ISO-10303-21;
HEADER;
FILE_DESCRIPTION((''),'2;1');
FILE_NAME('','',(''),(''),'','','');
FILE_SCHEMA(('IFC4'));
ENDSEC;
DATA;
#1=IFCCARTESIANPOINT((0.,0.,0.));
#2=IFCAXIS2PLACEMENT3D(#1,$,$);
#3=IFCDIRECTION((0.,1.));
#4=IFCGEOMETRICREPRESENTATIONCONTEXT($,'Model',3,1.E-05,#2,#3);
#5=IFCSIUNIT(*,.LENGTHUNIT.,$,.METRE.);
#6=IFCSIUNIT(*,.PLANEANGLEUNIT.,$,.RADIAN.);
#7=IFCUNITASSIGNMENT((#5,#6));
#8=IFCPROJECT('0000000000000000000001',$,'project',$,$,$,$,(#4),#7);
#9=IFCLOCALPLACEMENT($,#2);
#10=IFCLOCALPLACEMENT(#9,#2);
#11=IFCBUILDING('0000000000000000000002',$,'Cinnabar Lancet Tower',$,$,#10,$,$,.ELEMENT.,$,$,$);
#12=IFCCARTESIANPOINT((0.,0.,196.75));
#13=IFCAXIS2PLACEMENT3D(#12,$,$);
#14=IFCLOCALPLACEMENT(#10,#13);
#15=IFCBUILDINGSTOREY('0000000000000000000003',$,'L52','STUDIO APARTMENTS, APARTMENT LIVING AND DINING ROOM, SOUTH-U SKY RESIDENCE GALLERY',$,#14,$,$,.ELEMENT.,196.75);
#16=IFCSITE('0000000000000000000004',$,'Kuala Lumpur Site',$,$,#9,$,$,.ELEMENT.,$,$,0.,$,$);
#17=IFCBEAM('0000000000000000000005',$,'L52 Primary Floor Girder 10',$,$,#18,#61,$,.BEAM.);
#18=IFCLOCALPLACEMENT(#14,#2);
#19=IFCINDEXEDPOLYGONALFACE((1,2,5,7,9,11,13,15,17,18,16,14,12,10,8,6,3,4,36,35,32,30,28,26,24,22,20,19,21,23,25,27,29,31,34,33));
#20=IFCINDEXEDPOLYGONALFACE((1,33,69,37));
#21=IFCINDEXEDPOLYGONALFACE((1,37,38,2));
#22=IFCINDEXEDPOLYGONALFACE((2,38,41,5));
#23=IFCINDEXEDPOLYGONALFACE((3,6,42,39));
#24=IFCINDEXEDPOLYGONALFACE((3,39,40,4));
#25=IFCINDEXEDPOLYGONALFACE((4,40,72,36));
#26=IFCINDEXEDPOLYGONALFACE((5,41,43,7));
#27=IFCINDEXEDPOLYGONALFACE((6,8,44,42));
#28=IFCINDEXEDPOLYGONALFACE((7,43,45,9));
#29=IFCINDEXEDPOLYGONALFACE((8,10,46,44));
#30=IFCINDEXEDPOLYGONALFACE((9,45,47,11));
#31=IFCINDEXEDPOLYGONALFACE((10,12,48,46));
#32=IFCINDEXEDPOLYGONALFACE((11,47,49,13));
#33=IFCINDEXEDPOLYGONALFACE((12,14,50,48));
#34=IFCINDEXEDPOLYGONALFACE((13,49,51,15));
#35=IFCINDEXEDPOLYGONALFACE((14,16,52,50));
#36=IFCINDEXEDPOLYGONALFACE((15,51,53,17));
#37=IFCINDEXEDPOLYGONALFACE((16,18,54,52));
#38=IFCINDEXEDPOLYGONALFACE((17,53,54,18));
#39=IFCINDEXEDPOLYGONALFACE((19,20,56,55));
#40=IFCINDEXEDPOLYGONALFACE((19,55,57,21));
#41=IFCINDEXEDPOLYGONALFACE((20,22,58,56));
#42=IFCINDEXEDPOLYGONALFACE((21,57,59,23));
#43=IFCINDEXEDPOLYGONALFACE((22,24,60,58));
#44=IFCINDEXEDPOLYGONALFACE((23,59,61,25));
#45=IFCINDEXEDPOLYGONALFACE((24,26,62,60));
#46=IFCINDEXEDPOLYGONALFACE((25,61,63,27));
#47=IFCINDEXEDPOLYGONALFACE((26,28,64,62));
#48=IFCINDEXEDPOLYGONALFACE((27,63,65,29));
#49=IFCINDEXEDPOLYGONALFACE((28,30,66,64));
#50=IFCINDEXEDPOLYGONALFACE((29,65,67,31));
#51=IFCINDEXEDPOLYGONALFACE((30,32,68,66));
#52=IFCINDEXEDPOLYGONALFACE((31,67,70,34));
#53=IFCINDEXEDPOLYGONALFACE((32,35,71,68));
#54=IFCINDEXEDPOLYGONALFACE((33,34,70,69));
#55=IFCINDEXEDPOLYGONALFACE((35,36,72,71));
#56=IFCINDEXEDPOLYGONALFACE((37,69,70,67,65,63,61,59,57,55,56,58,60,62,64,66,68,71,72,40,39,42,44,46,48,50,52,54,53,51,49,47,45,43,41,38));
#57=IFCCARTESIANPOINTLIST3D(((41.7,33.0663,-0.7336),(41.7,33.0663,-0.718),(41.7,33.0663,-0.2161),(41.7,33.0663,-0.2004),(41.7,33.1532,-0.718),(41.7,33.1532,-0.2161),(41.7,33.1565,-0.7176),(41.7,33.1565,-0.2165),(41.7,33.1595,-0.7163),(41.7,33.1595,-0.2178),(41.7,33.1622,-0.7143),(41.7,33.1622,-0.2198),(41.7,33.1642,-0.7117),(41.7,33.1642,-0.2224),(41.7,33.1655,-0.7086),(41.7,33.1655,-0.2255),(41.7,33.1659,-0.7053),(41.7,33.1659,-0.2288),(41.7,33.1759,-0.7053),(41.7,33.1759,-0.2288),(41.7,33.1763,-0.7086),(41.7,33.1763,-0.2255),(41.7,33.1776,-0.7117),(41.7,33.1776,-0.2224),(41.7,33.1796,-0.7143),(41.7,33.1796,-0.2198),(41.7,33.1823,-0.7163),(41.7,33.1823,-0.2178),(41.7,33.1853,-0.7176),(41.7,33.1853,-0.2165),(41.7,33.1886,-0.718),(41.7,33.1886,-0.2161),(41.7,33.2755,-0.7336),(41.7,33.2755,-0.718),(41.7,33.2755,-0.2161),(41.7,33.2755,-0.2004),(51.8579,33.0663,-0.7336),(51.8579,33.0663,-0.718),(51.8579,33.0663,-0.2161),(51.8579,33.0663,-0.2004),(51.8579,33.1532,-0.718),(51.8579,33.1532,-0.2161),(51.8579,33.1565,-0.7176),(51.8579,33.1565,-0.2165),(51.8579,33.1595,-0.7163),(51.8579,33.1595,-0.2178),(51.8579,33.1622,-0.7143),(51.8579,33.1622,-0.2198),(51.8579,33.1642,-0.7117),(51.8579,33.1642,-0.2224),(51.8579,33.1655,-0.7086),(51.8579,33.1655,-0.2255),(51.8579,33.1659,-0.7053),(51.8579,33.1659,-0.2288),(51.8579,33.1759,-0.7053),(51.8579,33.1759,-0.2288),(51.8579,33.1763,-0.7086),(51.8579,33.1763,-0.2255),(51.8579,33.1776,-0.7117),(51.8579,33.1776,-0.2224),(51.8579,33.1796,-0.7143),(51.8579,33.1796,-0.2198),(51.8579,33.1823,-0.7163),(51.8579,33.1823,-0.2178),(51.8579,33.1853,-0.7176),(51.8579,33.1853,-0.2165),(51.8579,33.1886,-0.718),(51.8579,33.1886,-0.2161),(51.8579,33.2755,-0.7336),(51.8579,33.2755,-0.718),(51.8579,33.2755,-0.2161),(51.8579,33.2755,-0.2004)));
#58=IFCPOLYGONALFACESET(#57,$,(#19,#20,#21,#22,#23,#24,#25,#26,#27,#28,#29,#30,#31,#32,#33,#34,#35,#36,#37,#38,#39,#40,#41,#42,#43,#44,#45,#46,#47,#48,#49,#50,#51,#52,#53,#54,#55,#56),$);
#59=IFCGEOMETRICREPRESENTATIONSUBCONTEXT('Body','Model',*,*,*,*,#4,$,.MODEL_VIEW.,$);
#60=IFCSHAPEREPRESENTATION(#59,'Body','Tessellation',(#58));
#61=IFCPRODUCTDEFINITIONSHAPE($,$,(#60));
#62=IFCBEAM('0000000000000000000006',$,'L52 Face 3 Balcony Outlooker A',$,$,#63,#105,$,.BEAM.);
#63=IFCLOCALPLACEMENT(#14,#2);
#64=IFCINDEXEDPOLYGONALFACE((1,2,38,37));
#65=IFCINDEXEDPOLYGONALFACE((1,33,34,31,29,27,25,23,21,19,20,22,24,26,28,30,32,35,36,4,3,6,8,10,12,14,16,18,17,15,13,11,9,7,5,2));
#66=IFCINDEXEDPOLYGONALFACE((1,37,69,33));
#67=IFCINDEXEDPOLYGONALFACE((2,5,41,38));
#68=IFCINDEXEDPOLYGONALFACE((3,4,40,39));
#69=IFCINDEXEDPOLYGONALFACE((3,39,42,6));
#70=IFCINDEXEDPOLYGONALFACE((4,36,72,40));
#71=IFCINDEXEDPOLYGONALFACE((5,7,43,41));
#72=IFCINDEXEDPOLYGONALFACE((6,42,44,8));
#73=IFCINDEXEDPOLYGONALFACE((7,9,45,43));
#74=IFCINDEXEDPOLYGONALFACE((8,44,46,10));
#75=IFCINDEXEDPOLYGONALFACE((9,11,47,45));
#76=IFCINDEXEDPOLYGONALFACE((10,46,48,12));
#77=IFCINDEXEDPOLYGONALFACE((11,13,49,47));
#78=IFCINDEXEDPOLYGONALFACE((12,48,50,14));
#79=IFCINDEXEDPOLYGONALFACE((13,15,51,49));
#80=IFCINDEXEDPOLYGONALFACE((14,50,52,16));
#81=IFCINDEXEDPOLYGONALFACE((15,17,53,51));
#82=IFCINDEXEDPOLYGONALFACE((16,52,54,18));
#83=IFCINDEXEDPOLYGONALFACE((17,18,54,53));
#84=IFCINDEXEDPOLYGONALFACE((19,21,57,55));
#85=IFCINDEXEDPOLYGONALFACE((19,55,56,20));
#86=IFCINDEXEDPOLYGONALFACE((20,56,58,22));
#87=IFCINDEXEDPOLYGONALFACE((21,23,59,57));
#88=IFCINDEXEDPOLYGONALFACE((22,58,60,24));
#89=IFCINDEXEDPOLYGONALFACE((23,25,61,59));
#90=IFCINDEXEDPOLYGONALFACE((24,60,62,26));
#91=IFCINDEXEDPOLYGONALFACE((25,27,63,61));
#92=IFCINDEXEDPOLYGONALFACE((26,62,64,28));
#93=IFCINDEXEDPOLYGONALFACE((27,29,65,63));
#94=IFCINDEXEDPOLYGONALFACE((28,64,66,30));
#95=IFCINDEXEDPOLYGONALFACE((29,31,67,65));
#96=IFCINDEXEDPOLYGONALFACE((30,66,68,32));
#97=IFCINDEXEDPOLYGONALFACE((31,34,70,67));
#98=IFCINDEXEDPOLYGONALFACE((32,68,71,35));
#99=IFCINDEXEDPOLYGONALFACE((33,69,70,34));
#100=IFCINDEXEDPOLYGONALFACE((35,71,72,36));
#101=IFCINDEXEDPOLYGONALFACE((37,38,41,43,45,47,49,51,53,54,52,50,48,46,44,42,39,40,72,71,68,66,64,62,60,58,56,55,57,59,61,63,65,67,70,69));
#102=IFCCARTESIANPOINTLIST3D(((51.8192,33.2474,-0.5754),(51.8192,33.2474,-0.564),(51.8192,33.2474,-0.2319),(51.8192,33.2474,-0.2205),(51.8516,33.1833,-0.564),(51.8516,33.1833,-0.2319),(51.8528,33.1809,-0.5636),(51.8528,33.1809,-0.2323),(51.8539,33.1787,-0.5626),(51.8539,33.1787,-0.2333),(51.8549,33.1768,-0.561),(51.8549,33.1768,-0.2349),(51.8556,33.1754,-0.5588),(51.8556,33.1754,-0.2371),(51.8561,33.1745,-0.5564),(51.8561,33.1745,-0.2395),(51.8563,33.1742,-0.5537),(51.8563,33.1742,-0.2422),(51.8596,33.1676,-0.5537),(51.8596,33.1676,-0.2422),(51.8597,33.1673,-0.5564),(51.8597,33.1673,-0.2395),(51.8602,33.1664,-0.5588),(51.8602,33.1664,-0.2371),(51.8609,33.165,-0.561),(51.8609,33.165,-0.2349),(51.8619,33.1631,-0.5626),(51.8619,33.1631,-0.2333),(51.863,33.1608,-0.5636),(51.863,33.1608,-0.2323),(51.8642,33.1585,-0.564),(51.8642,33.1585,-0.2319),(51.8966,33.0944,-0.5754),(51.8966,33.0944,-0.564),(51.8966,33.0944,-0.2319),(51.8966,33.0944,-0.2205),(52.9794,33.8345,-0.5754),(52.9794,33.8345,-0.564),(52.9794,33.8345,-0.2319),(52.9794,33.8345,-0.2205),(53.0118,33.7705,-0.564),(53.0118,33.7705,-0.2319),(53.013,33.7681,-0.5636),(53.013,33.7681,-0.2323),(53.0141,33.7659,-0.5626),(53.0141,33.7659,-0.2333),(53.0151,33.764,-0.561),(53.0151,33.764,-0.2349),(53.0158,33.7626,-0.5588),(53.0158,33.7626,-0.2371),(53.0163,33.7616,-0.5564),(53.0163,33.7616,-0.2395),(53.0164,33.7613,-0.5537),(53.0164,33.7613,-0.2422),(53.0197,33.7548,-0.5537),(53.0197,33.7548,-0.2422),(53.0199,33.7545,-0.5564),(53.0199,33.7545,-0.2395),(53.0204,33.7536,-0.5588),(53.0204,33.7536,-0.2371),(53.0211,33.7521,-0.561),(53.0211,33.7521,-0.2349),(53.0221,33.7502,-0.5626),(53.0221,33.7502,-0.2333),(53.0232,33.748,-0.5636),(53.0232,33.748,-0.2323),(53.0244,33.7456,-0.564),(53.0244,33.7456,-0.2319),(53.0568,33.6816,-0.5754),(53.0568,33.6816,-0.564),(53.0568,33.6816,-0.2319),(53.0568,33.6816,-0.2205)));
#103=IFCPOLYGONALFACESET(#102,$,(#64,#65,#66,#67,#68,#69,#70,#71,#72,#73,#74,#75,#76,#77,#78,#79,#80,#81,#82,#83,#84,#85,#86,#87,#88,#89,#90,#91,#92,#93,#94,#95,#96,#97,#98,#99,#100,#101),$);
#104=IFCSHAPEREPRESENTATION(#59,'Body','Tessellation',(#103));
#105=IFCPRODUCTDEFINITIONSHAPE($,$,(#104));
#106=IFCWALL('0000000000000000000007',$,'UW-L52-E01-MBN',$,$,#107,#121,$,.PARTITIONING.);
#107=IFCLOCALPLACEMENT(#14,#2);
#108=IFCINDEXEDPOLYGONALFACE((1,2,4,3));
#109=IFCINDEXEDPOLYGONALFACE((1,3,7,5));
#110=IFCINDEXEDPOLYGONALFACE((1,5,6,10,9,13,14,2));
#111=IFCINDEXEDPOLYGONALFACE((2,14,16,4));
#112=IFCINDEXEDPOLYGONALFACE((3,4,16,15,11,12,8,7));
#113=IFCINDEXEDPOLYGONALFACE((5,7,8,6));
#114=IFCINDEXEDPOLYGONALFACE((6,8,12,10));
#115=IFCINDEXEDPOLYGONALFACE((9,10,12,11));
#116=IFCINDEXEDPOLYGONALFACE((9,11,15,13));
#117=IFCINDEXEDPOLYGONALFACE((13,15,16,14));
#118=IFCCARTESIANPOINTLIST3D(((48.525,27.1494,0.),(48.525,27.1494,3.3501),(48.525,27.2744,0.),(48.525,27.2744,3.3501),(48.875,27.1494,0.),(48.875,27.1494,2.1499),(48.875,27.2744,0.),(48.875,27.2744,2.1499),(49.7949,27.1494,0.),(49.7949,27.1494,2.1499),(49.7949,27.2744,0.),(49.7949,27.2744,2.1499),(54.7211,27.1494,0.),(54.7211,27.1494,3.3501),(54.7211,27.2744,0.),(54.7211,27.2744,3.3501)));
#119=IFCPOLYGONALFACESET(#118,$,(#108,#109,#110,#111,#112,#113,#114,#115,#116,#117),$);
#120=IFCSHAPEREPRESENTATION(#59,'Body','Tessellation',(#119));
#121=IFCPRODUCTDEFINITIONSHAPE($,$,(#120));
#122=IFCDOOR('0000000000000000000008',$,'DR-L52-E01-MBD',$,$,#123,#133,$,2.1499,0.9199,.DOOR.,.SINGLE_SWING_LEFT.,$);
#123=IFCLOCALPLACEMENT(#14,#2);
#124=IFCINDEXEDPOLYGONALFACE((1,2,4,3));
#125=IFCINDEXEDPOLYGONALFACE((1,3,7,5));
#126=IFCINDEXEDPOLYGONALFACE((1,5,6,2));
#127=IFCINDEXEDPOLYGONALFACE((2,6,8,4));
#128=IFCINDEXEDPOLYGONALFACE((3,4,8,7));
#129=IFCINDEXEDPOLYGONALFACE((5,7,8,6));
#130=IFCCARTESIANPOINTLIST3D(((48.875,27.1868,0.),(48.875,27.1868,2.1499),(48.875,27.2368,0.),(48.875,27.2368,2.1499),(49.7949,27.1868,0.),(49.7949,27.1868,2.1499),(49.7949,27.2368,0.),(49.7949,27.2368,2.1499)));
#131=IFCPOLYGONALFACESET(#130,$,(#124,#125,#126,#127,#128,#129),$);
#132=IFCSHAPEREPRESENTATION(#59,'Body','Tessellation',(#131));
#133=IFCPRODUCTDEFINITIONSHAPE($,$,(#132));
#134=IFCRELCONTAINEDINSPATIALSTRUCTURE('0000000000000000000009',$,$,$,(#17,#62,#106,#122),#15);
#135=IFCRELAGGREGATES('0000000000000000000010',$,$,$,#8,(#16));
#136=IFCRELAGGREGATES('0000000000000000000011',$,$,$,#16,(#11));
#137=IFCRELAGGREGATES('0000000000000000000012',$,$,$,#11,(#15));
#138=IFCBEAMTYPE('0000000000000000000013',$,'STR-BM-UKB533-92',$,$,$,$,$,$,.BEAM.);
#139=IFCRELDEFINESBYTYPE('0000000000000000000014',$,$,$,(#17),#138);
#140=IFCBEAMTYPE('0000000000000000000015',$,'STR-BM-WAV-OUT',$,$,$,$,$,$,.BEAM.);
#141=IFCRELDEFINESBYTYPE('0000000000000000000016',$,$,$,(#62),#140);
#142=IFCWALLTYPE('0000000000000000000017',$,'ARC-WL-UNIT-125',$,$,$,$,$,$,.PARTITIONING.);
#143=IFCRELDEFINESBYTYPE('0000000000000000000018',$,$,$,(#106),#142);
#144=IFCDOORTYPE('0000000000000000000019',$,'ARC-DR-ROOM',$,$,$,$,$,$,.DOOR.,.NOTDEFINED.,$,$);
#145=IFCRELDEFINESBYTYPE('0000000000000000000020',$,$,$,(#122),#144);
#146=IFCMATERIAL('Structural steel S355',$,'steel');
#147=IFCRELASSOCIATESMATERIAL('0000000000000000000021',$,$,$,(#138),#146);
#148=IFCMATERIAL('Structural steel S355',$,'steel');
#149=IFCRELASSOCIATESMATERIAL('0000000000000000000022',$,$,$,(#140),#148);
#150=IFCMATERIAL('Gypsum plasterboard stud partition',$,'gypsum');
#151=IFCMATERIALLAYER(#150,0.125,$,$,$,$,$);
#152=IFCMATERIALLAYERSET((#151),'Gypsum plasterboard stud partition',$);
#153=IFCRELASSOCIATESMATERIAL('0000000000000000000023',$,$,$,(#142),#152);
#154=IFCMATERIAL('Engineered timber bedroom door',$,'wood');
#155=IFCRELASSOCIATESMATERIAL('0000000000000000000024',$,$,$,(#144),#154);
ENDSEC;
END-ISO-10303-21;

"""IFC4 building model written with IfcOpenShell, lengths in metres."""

from ifc_helpers import new_model, si_unit, direction, frame, frame_2d, origin, origin_2d, place, context, subcontext, project, spatial, rectangle, i_section, extrude, material, layer, layer_set, material_profile, profile_set, type_object, element, fill, save


model = new_model("IFC4")

# Units and contexts
model_context = context("Model", 3, precision=1e-05, world=origin(), true_north=direction((0.0, 1.0)))
body_context = subcontext(model_context, "Body", "Model", "MODEL_VIEW")
ifc_project = project(units=[si_unit("LENGTHUNIT", "METRE"), si_unit("PLANEANGLEUNIT", "RADIAN")], contexts=[model_context])

# Site, building, storey
site_placement = place(None, origin())
site = spatial("IfcSite", under=ifc_project, at=site_placement, Name="Kuala Lumpur Site", CompositionType="ELEMENT", RefElevation=0.0)
building_placement = place(site_placement, origin())
building = spatial("IfcBuilding", under=site, at=building_placement, Name="Cinnabar Lancet Tower", CompositionType="ELEMENT")
storey_placement = place(building_placement, frame((0.0, 0.0, 196.75)))
storey = spatial("IfcBuildingStorey", under=building, at=storey_placement, Name="L52", Description="STUDIO APARTMENTS, APARTMENT LIVING AND DINING ROOM, SOUTH-U SKY RESIDENCE GALLERY", CompositionType="ELEMENT", Elevation=196.75)

# Beams
ifc_material_1 = material(Name="Structural steel S355", Category="steel")
ifc_material_profile_1 = material_profile(ifc_material_1, i_section(OverallWidth=0.2092, OverallDepth=0.5332, WebThickness=0.01, FlangeThickness=0.0156, FilletRadius=0.0127, at=origin_2d()), Name="UKB 533x210x92")
ifc_profile_set_1 = profile_set([ifc_material_profile_1], Name="Structural steel S355")
beam_type_1 = type_object("IfcBeamType", Name="STR-BM-UKB533-92", PredefinedType="BEAM", material=ifc_profile_set_1)
beam_1_placement = place(storey_placement, frame((51.8579, 33.1709, -0.467), z_axis=(-1.0, 0.0, 0.0), x_axis=(0.0, -1.0, 0.0)))
element("IfcBeam", 1, at=beam_1_placement, inside=storey, type_object=beam_type_1, Name="L52 Primary Floor Girder 10", PredefinedType="BEAM", context=body_context, shape_type="SweptSolid", body=[
    extrude(i_section(OverallWidth=0.2092, OverallDepth=0.5332, WebThickness=0.01, FlangeThickness=0.0156, FilletRadius=0.0127, at=origin_2d()), origin(), (0.0, 0.0, 1.0), 10.158),
])
ifc_material_2 = material(Name="Structural steel S355", Category="steel")
ifc_material_profile_2 = material_profile(ifc_material_2, i_section(OverallWidth=0.1714, OverallDepth=0.355, WebThickness=0.0073, FlangeThickness=0.0115, FilletRadius=0.0103, at=origin_2d()), Name="UKB 356x171x51")
ifc_profile_set_2 = profile_set([ifc_material_profile_2], Name="Structural steel S355")
beam_type_2 = type_object("IfcBeamType", Name="STR-BM-WAV-OUT", PredefinedType="BEAM", material=ifc_profile_set_2)
beam_2_placement = place(storey_placement, frame((51.8579, 33.1709, -0.3979), z_axis=(0.892239, 0.451564, 0.0), x_axis=(-0.451564, 0.892239, 0.0)))
element("IfcBeam", 2, at=beam_2_placement, inside=storey, type_object=beam_type_2, Name="L52 Face 3 Balcony Outlooker A", PredefinedType="BEAM", context=body_context, shape_type="SweptSolid", body=[
    extrude(i_section(OverallWidth=0.1714, OverallDepth=0.355, WebThickness=0.0073, FlangeThickness=0.0115, FilletRadius=0.0103, at=origin_2d()), origin(), (0.0, 0.0, 1.0), 1.3003),
])

# Wall, opening, door
ifc_material_3 = material(Name="Gypsum plasterboard stud partition", Category="gypsum")
ifc_layer_1 = layer(ifc_material_3, 0.125)
ifc_layer_set_1 = layer_set([ifc_layer_1], Name="Gypsum plasterboard stud partition")
wall_type_1 = type_object("IfcWallType", Name="ARC-WL-UNIT-125", PredefinedType="PARTITIONING", material=ifc_layer_set_1)
wall_1_placement = place(storey_placement, frame((48.5249, 27.2119, 0.0), z_axis=(0.0, 0.0, 1.0), x_axis=(1.0, 0.0, 0.0)))
wall_1 = element("IfcWall", 3, at=wall_1_placement, inside=storey, type_object=wall_type_1, Name="UW-L52-E01-MBN", PredefinedType="PARTITIONING", context=body_context, shape_type="SweptSolid", body=[
    extrude(rectangle(XDim=6.196, YDim=0.125, at=frame_2d((3.0981, 0.0))), origin(), (0.0, 0.0, 1.0), 3.3501),
])
opening_1_placement = place(wall_1_placement, frame((0.3501, 0.0, 0.0)))
opening_1 = element("IfcOpeningElement", 4, at=opening_1_placement, cuts=wall_1, PredefinedType="OPENING", context=body_context, shape_type="SweptSolid", body=[
    extrude(rectangle(XDim=0.9199, YDim=2.1499, at=frame_2d((0.46, 1.075))), frame((0.0, 0.0725, 0.0), z_axis=(0.0, -1.0, 0.0), x_axis=(1.0, 0.0, 0.0)), (0.0, 0.0, 1.0), 0.145),
])
ifc_material_4 = material(Name="Engineered timber bedroom door", Category="wood")
door_type_1 = type_object("IfcDoorType", Name="ARC-DR-ROOM", OperationType="NOTDEFINED", PredefinedType="DOOR", material=ifc_material_4)
door_1_placement = place(opening_1_placement, origin())
door_1 = element("IfcDoor", 5, at=door_1_placement, inside=storey, type_object=door_type_1, Name="DR-L52-E01-MBD", OperationType="SINGLE_SWING_LEFT", OverallHeight=2.1499, OverallWidth=0.9199, PredefinedType="DOOR", context=body_context, shape_type="SweptSolid", body=[
    extrude(rectangle(XDim=0.9199, YDim=2.1499, at=frame_2d((0.46, 1.075))), frame((0.0, 0.0249, 0.0), z_axis=(0.0, -1.0, 0.0), x_axis=(1.0, 0.0, 0.0)), (0.0, 0.0, 1.0), 0.05),
])
fill(opening_1, door_1)

save(model, "model.ifc")
